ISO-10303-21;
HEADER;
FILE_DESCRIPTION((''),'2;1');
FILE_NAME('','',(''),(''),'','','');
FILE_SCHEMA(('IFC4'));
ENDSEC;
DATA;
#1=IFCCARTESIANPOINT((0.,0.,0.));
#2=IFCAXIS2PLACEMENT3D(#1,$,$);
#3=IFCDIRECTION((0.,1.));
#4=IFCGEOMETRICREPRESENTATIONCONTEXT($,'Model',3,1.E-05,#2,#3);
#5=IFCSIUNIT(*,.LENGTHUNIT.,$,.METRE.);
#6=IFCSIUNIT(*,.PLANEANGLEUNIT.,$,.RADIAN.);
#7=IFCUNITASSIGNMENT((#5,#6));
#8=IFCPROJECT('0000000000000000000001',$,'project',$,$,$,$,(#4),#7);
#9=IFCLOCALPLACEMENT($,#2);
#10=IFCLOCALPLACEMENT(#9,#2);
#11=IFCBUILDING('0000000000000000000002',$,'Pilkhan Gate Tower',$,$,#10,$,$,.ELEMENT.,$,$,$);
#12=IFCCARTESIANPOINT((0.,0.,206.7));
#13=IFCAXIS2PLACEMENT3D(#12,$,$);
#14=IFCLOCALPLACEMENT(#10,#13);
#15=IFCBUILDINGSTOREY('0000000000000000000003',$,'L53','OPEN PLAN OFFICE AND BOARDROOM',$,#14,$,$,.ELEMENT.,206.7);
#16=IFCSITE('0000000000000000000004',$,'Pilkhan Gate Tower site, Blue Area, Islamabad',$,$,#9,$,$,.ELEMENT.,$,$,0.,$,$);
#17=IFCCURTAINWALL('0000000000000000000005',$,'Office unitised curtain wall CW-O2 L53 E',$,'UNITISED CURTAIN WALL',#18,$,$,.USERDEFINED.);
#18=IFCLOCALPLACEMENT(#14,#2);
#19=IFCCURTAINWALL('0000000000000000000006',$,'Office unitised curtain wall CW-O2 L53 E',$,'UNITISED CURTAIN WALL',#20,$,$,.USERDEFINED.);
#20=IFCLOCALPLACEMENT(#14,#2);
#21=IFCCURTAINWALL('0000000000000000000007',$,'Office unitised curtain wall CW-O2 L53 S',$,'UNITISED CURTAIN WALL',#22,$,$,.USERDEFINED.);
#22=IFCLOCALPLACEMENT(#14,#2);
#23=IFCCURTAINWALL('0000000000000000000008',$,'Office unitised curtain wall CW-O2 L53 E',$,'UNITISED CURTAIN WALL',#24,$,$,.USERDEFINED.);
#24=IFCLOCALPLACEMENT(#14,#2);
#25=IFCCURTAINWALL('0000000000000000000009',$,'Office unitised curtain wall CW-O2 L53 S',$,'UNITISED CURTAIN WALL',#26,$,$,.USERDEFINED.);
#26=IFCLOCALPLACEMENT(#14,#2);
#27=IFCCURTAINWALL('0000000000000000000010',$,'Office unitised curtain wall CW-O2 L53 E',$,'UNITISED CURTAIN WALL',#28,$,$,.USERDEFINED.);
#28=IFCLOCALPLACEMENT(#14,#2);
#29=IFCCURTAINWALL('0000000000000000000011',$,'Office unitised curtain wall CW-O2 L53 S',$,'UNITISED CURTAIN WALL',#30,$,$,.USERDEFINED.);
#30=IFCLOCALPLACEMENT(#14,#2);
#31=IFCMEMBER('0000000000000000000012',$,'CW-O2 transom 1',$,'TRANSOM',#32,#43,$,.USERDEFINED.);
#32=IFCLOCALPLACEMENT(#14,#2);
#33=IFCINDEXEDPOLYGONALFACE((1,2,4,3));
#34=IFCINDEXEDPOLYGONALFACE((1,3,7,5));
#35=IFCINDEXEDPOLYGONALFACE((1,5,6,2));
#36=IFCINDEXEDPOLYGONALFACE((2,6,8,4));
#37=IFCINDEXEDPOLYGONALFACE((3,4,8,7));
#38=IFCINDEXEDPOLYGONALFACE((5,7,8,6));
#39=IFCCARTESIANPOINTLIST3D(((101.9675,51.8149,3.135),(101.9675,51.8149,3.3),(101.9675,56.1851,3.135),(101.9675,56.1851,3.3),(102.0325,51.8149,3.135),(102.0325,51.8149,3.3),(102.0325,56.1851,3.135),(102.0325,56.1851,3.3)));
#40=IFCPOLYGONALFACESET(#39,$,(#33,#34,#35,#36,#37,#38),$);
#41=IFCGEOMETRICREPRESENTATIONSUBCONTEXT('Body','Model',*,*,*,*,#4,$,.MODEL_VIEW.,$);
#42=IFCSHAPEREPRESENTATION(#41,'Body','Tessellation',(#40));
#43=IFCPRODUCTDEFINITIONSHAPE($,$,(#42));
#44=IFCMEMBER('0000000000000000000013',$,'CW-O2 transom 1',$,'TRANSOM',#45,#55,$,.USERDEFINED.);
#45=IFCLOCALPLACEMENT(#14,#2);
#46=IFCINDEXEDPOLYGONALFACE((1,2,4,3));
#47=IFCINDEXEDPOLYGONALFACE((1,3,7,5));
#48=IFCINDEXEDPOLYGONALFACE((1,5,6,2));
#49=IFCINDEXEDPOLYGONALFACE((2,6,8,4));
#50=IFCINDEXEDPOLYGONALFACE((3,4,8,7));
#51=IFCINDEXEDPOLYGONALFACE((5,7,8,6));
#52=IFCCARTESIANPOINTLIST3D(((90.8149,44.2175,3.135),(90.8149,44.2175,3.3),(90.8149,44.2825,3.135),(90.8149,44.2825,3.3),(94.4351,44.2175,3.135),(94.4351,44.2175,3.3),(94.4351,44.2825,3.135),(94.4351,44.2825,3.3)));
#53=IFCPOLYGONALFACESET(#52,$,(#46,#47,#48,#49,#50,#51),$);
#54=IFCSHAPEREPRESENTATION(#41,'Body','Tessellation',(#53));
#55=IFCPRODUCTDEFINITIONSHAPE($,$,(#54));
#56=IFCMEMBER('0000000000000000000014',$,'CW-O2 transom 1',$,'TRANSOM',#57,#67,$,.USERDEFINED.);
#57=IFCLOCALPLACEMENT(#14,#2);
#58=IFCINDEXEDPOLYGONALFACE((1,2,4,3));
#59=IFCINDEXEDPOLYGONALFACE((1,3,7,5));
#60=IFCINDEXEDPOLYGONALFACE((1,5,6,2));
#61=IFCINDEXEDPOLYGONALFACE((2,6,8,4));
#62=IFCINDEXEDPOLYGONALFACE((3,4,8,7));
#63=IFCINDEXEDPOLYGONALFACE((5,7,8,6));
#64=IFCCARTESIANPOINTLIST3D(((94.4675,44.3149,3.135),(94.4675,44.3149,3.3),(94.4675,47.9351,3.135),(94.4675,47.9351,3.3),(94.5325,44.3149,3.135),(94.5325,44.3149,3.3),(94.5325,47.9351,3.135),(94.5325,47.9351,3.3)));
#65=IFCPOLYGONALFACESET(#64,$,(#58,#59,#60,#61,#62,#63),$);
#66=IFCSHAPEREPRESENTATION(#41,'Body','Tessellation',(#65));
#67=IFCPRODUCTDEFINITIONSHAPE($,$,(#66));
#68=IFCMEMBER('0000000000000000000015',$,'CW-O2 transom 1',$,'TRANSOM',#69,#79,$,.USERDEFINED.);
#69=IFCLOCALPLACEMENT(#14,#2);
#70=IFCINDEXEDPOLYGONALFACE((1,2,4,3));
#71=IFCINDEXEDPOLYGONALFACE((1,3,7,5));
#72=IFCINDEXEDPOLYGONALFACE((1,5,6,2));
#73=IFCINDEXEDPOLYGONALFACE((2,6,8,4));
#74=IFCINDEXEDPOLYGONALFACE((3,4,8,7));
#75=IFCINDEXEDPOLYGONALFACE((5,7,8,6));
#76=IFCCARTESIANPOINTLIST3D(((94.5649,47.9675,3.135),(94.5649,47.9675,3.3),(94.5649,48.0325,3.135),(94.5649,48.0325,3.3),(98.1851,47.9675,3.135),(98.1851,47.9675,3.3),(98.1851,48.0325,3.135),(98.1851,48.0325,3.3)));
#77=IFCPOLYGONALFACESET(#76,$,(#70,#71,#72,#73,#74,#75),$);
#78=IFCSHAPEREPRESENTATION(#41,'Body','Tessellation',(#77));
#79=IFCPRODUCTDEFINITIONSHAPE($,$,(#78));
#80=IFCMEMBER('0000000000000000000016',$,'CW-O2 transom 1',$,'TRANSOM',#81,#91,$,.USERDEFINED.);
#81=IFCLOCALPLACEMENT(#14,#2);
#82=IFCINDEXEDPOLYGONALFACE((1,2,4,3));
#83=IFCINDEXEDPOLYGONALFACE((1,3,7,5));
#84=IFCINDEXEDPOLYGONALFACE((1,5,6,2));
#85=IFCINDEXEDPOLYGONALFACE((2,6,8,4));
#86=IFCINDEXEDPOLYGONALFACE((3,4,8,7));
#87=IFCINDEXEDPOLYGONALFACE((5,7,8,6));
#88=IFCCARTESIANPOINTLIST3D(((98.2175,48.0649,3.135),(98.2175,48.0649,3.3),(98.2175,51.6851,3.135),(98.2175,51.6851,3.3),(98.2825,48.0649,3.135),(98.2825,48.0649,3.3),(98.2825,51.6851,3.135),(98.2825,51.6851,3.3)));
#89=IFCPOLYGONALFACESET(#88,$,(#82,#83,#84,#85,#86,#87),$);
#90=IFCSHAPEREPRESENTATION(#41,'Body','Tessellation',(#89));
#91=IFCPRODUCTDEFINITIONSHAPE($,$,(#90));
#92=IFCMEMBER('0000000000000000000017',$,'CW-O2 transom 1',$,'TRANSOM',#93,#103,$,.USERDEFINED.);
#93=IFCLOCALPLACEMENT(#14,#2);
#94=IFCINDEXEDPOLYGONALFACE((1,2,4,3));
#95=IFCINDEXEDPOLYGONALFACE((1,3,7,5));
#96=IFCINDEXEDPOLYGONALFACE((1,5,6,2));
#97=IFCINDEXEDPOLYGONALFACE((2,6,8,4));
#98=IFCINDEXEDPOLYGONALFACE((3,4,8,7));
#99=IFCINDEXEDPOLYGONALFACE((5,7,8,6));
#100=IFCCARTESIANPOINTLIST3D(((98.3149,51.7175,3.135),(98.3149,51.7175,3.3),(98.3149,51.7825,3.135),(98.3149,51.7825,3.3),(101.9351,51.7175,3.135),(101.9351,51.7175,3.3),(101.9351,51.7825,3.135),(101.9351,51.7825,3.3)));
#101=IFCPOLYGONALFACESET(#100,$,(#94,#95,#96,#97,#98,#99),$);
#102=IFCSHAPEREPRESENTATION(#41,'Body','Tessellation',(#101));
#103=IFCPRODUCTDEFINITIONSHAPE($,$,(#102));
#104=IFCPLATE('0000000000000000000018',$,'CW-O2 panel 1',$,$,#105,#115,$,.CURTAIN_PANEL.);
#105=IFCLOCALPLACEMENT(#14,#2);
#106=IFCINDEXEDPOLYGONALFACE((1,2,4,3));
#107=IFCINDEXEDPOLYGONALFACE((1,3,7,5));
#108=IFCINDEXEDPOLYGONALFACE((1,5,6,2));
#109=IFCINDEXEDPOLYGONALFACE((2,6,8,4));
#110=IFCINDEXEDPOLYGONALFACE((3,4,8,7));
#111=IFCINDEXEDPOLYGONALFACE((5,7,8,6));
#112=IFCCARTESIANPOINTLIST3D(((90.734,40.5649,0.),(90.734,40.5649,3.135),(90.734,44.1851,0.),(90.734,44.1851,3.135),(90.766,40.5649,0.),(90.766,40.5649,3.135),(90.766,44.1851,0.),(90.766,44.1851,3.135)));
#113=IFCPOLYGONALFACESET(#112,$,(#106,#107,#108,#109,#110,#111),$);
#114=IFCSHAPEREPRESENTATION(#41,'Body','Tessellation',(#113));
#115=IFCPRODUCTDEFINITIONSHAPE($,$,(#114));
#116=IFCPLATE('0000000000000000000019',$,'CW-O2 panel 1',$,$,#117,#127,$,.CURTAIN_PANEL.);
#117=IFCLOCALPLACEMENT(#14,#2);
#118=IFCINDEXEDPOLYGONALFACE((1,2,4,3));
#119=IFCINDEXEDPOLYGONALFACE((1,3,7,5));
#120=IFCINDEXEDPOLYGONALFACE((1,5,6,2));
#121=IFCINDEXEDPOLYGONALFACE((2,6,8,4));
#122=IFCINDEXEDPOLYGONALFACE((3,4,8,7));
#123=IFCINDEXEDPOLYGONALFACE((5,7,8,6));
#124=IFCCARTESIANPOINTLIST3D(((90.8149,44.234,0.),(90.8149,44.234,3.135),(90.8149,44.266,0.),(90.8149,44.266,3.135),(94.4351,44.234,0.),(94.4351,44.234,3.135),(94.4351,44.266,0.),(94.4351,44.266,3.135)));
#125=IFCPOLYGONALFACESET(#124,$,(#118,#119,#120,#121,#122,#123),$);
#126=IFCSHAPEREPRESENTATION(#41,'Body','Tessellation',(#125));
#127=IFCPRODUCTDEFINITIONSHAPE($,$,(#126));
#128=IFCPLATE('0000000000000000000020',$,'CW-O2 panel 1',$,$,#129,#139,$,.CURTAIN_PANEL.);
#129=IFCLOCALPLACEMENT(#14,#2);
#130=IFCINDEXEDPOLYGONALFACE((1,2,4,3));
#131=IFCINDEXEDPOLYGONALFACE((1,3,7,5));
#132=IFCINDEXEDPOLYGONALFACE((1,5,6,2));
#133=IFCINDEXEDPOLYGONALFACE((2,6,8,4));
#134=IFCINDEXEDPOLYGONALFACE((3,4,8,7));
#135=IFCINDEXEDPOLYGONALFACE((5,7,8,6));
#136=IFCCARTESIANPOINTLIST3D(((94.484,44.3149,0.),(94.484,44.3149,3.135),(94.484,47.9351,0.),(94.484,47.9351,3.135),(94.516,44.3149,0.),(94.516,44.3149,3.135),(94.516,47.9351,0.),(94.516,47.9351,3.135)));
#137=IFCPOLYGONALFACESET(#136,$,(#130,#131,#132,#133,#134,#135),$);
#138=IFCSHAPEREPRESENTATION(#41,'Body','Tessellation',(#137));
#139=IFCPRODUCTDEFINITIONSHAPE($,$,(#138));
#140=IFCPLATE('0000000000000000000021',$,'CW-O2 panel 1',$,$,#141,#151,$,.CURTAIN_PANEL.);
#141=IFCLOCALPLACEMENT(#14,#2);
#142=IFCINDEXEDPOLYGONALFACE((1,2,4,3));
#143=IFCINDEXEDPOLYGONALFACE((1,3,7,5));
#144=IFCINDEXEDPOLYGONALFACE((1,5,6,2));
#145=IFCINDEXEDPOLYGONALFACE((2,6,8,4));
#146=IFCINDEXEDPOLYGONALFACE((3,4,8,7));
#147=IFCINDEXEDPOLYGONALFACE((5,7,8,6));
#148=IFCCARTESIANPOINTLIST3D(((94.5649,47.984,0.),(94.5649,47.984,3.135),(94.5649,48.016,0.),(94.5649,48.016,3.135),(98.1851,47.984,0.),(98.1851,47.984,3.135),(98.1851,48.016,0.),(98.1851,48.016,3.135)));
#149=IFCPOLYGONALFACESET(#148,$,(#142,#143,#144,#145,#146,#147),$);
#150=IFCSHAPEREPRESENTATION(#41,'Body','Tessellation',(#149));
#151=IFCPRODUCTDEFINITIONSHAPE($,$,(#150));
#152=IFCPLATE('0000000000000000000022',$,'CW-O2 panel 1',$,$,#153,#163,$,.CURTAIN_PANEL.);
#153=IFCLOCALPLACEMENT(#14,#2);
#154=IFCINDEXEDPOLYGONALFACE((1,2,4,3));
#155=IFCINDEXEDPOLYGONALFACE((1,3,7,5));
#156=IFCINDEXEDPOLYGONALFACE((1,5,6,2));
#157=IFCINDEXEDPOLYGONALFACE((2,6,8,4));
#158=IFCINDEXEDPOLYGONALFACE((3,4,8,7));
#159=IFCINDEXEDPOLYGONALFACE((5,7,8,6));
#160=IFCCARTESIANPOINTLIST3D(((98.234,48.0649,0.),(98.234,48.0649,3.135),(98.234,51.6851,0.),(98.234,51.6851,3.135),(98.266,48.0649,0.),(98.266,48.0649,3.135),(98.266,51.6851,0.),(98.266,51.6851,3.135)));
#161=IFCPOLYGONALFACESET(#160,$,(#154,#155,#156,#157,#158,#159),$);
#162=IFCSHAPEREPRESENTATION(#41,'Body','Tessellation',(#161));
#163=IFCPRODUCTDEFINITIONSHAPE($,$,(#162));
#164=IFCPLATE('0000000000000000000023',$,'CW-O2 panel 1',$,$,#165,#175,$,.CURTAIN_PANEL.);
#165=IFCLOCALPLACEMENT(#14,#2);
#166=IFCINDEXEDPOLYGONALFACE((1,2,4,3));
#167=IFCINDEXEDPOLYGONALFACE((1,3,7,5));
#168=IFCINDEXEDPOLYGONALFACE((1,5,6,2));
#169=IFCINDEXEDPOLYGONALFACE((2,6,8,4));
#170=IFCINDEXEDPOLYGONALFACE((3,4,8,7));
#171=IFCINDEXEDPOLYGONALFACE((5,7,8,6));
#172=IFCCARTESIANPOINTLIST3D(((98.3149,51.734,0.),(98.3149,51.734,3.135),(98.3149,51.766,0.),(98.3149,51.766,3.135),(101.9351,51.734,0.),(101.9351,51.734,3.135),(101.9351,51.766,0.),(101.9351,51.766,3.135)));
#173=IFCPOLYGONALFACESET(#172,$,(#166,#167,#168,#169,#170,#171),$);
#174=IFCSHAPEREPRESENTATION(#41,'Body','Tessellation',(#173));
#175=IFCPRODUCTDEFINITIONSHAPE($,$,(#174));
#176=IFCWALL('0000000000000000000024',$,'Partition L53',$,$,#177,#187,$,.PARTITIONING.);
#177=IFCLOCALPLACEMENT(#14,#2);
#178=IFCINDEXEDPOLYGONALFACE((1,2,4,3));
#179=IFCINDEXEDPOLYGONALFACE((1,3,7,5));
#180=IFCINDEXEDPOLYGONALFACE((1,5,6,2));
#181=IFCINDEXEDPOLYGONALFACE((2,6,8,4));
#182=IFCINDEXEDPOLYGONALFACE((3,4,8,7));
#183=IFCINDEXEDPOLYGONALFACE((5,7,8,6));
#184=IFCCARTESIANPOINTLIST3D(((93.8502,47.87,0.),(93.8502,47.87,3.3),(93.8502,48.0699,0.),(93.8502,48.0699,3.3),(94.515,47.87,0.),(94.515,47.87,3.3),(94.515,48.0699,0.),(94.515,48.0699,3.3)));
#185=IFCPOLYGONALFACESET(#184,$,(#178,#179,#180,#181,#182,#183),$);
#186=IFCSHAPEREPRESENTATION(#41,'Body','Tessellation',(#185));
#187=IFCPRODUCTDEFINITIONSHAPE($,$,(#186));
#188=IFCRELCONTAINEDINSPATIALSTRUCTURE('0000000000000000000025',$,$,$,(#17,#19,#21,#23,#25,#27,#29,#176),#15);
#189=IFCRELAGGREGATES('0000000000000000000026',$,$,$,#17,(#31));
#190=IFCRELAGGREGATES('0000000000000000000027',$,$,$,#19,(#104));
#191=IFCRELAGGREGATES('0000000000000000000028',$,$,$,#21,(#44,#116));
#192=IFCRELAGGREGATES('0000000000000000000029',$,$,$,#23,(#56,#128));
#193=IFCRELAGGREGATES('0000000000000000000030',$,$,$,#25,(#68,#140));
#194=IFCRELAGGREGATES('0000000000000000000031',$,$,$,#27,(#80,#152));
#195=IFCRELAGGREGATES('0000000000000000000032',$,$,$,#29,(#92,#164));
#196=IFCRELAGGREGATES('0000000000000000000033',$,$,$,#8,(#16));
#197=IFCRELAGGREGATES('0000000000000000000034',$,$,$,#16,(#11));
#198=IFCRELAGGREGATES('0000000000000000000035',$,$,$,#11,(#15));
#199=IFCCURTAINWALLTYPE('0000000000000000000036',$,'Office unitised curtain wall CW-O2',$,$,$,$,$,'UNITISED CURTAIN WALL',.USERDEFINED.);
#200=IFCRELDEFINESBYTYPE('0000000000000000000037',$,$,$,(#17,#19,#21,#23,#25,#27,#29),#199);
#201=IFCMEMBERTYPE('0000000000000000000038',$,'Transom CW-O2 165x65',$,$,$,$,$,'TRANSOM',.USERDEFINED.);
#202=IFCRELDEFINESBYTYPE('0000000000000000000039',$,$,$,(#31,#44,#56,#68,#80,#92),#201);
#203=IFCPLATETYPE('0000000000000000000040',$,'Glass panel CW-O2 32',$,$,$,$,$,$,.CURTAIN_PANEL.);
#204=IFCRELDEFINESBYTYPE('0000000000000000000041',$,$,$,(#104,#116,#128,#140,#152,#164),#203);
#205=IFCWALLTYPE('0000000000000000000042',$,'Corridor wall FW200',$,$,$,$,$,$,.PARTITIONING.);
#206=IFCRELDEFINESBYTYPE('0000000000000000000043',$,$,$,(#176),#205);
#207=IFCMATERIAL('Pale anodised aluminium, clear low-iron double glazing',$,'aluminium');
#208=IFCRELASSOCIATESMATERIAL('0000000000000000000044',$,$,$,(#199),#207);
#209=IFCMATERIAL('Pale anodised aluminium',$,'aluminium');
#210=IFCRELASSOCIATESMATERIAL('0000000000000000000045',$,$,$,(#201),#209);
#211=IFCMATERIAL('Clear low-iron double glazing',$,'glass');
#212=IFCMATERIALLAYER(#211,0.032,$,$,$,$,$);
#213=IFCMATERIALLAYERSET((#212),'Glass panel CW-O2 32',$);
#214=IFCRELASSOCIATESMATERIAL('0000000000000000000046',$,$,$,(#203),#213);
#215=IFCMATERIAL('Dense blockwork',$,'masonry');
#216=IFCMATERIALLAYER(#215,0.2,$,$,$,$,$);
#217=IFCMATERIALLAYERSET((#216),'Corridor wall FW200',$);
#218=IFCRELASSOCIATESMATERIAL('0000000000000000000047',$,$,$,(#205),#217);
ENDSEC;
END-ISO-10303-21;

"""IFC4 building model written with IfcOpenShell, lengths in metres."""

from ifc_helpers import new_model, si_unit, direction, frame, frame_2d, origin, origin_2d, place, context, subcontext, project, spatial, rectangle, extrude, material, layer, layer_set, material_profile, profile_set, type_object, element, aggregate, save


model = new_model("IFC4")

# Units and contexts
model_context = context("Model", 3, precision=1e-05, world=origin(), true_north=direction((0.0, 1.0)))
body_context = subcontext(model_context, "Body", "Model", "MODEL_VIEW")
ifc_project = project(units=[si_unit("LENGTHUNIT", "METRE"), si_unit("PLANEANGLEUNIT", "RADIAN")], contexts=[model_context])

# Site, building, storey
site_placement = place(None, origin())
site = spatial("IfcSite", under=ifc_project, at=site_placement, Name="Pilkhan Gate Tower site, Blue Area, Islamabad", CompositionType="ELEMENT", RefElevation=0.0)
building_placement = place(site_placement, origin())
building = spatial("IfcBuilding", under=site, at=building_placement, Name="Pilkhan Gate Tower", CompositionType="ELEMENT")
storey_placement = place(building_placement, frame((0.0, 0.0, 206.7)))
storey = spatial("IfcBuildingStorey", under=building, at=storey_placement, Name="L53", Description="OPEN PLAN OFFICE AND BOARDROOM", CompositionType="ELEMENT", Elevation=206.7)

# Curtain walls
ifc_material_1 = material(Name="Pale anodised aluminium, clear low-iron double glazing", Category="aluminium")
curtain_wall_type = type_object("IfcCurtainWallType", Name="Office unitised curtain wall CW-O2", ElementType="UNITISED CURTAIN WALL", PredefinedType="USERDEFINED", material=ifc_material_1)
curtain_wall_1_placement = place(storey_placement, origin())
curtain_wall_1 = element("IfcCurtainWall", 1, at=curtain_wall_1_placement, inside=storey, type_object=curtain_wall_type, Name="Office unitised curtain wall CW-O2 L53 E", ObjectType="UNITISED CURTAIN WALL", PredefinedType="USERDEFINED")
ifc_material_2 = material(Name="Pale anodised aluminium", Category="aluminium")
curtain_wall_2_placement = place(storey_placement, origin())
curtain_wall_2 = element("IfcCurtainWall", 2, at=curtain_wall_2_placement, inside=storey, type_object=curtain_wall_type, Name="Office unitised curtain wall CW-O2 L53 E", ObjectType="UNITISED CURTAIN WALL", PredefinedType="USERDEFINED")

# Curtain walls
curtain_wall_3_placement = place(storey_placement, origin())
curtain_wall_3 = element("IfcCurtainWall", 3, at=curtain_wall_3_placement, inside=storey, type_object=curtain_wall_type, Name="Office unitised curtain wall CW-O2 L53 S", ObjectType="UNITISED CURTAIN WALL", PredefinedType="USERDEFINED")
curtain_wall_4_placement = place(storey_placement, origin())
curtain_wall_4 = element("IfcCurtainWall", 4, at=curtain_wall_4_placement, inside=storey, type_object=curtain_wall_type, Name="Office unitised curtain wall CW-O2 L53 E", ObjectType="UNITISED CURTAIN WALL", PredefinedType="USERDEFINED")
curtain_wall_5_placement = place(storey_placement, origin())
curtain_wall_5 = element("IfcCurtainWall", 5, at=curtain_wall_5_placement, inside=storey, type_object=curtain_wall_type, Name="Office unitised curtain wall CW-O2 L53 S", ObjectType="UNITISED CURTAIN WALL", PredefinedType="USERDEFINED")
curtain_wall_6_placement = place(storey_placement, origin())
curtain_wall_6 = element("IfcCurtainWall", 6, at=curtain_wall_6_placement, inside=storey, type_object=curtain_wall_type, Name="Office unitised curtain wall CW-O2 L53 E", ObjectType="UNITISED CURTAIN WALL", PredefinedType="USERDEFINED")
curtain_wall_7_placement = place(storey_placement, origin())
curtain_wall_7 = element("IfcCurtainWall", 7, at=curtain_wall_7_placement, inside=storey, type_object=curtain_wall_type, Name="Office unitised curtain wall CW-O2 L53 S", ObjectType="UNITISED CURTAIN WALL", PredefinedType="USERDEFINED")

# Members
ifc_material_profile_1 = material_profile(ifc_material_2, rectangle(XDim=0.0649, YDim=0.165, at=origin_2d()), Name="Transom 165x65")
ifc_profile_set_1 = profile_set([ifc_material_profile_1], Name="Pale anodised aluminium")
member_type_1 = type_object("IfcMemberType", Name="Transom CW-O2 165x65", ElementType="TRANSOM", PredefinedType="USERDEFINED", material=ifc_profile_set_1)
member_1_placement = place(storey_placement, frame((102.0, 51.8149, 3.2175), z_axis=(0.0, 1.0, 0.0), x_axis=(-1.0, 0.0, 0.0)))
member_1 = element("IfcMember", 8, at=member_1_placement, type_object=member_type_1, Name="CW-O2 transom 1", ObjectType="TRANSOM", PredefinedType="USERDEFINED", context=body_context, shape_type="SweptSolid", body=[
    extrude(rectangle(XDim=0.0649, YDim=0.165, at=origin_2d()), origin(), (0.0, 0.0, 1.0), 4.3701),
])
aggregate(curtain_wall_1, [member_1])
member_2_placement = place(storey_placement, frame((90.8149, 44.25, 3.2175), z_axis=(1.0, 0.0, 0.0), x_axis=(0.0, 1.0, 0.0)))
member_2 = element("IfcMember", 9, at=member_2_placement, type_object=member_type_1, Name="CW-O2 transom 1", ObjectType="TRANSOM", PredefinedType="USERDEFINED", context=body_context, shape_type="SweptSolid", body=[
    extrude(rectangle(XDim=0.0649, YDim=0.165, at=origin_2d()), origin(), (0.0, 0.0, 1.0), 3.6201),
])
member_3_placement = place(storey_placement, frame((94.5, 44.3149, 3.2175), z_axis=(0.0, 1.0, 0.0), x_axis=(-1.0, 0.0, 0.0)))
member_3 = element("IfcMember", 10, at=member_3_placement, type_object=member_type_1, Name="CW-O2 transom 1", ObjectType="TRANSOM", PredefinedType="USERDEFINED", context=body_context, shape_type="SweptSolid", body=[
    extrude(rectangle(XDim=0.0649, YDim=0.165, at=origin_2d()), origin(), (0.0, 0.0, 1.0), 3.6201),
])
member_4_placement = place(storey_placement, frame((94.5649, 48.0, 3.2175), z_axis=(1.0, 0.0, 0.0), x_axis=(0.0, 1.0, 0.0)))
member_4 = element("IfcMember", 11, at=member_4_placement, type_object=member_type_1, Name="CW-O2 transom 1", ObjectType="TRANSOM", PredefinedType="USERDEFINED", context=body_context, shape_type="SweptSolid", body=[
    extrude(rectangle(XDim=0.0649, YDim=0.165, at=origin_2d()), origin(), (0.0, 0.0, 1.0), 3.6201),
])
member_5_placement = place(storey_placement, frame((98.25, 48.0649, 3.2175), z_axis=(0.0, 1.0, 0.0), x_axis=(-1.0, 0.0, 0.0)))
member_5 = element("IfcMember", 12, at=member_5_placement, type_object=member_type_1, Name="CW-O2 transom 1", ObjectType="TRANSOM", PredefinedType="USERDEFINED", context=body_context, shape_type="SweptSolid", body=[
    extrude(rectangle(XDim=0.0649, YDim=0.165, at=origin_2d()), origin(), (0.0, 0.0, 1.0), 3.6201),
])
member_6_placement = place(storey_placement, frame((98.3149, 51.75, 3.2175), z_axis=(1.0, 0.0, 0.0), x_axis=(0.0, 1.0, 0.0)))
member_6 = element("IfcMember", 13, at=member_6_placement, type_object=member_type_1, Name="CW-O2 transom 1", ObjectType="TRANSOM", PredefinedType="USERDEFINED", context=body_context, shape_type="SweptSolid", body=[
    extrude(rectangle(XDim=0.0649, YDim=0.165, at=origin_2d()), origin(), (0.0, 0.0, 1.0), 3.6201),
])

# Plates
ifc_material_3 = material(Name="Clear low-iron double glazing", Category="glass")
ifc_layer_1 = layer(ifc_material_3, 0.032)
ifc_layer_set_1 = layer_set([ifc_layer_1], Name="Glass panel CW-O2 32")
plate_type = type_object("IfcPlateType", Name="Glass panel CW-O2 32", PredefinedType="CURTAIN_PANEL", material=ifc_layer_set_1)
plate_1_placement = place(storey_placement, frame((90.75, 42.375, 0.0), z_axis=(0.0, 0.0, 1.0), x_axis=(0.0, 1.0, 0.0)))
plate_1 = element("IfcPlate", 14, at=plate_1_placement, type_object=plate_type, Name="CW-O2 panel 1", PredefinedType="CURTAIN_PANEL", context=body_context, shape_type="SweptSolid", body=[
    extrude(rectangle(XDim=3.6201, YDim=0.032, at=origin_2d()), origin(), (0.0, 0.0, 1.0), 3.135),
])
aggregate(curtain_wall_2, [plate_1])
plate_2_placement = place(storey_placement, frame((92.625, 44.25, 0.0), z_axis=(0.0, 0.0, 1.0), x_axis=(1.0, 0.0, 0.0)))
plate_2 = element("IfcPlate", 15, at=plate_2_placement, type_object=plate_type, Name="CW-O2 panel 1", PredefinedType="CURTAIN_PANEL", context=body_context, shape_type="SweptSolid", body=[
    extrude(rectangle(XDim=3.6201, YDim=0.032, at=origin_2d()), origin(), (0.0, 0.0, 1.0), 3.135),
])
aggregate(curtain_wall_3, [member_2, plate_2])
plate_3_placement = place(storey_placement, frame((94.5, 46.125, 0.0), z_axis=(0.0, 0.0, 1.0), x_axis=(0.0, 1.0, 0.0)))
plate_3 = element("IfcPlate", 16, at=plate_3_placement, type_object=plate_type, Name="CW-O2 panel 1", PredefinedType="CURTAIN_PANEL", context=body_context, shape_type="SweptSolid", body=[
    extrude(rectangle(XDim=3.6201, YDim=0.032, at=origin_2d()), origin(), (0.0, 0.0, 1.0), 3.135),
])
aggregate(curtain_wall_4, [member_3, plate_3])
plate_4_placement = place(storey_placement, frame((96.375, 48.0, 0.0), z_axis=(0.0, 0.0, 1.0), x_axis=(1.0, 0.0, 0.0)))
plate_4 = element("IfcPlate", 17, at=plate_4_placement, type_object=plate_type, Name="CW-O2 panel 1", PredefinedType="CURTAIN_PANEL", context=body_context, shape_type="SweptSolid", body=[
    extrude(rectangle(XDim=3.6201, YDim=0.032, at=origin_2d()), origin(), (0.0, 0.0, 1.0), 3.135),
])
aggregate(curtain_wall_5, [member_4, plate_4])
plate_5_placement = place(storey_placement, frame((98.25, 49.875, 0.0), z_axis=(0.0, 0.0, 1.0), x_axis=(0.0, 1.0, 0.0)))
plate_5 = element("IfcPlate", 18, at=plate_5_placement, type_object=plate_type, Name="CW-O2 panel 1", PredefinedType="CURTAIN_PANEL", context=body_context, shape_type="SweptSolid", body=[
    extrude(rectangle(XDim=3.6201, YDim=0.032, at=origin_2d()), origin(), (0.0, 0.0, 1.0), 3.135),
])
aggregate(curtain_wall_6, [member_5, plate_5])
plate_6_placement = place(storey_placement, frame((100.125, 51.75, 0.0), z_axis=(0.0, 0.0, 1.0), x_axis=(1.0, 0.0, 0.0)))
plate_6 = element("IfcPlate", 19, at=plate_6_placement, type_object=plate_type, Name="CW-O2 panel 1", PredefinedType="CURTAIN_PANEL", context=body_context, shape_type="SweptSolid", body=[
    extrude(rectangle(XDim=3.6201, YDim=0.032, at=origin_2d()), origin(), (0.0, 0.0, 1.0), 3.135),
])
aggregate(curtain_wall_7, [member_6, plate_6])

# Wall
ifc_material_4 = material(Name="Dense blockwork", Category="masonry")
ifc_layer_2 = layer(ifc_material_4, 0.2)
ifc_layer_set_2 = layer_set([ifc_layer_2], Name="Corridor wall FW200")
wall_type = type_object("IfcWallType", Name="Corridor wall FW200", PredefinedType="PARTITIONING", material=ifc_layer_set_2)
wall_1_placement = place(storey_placement, frame((93.8501, 47.97, 0.0), z_axis=(0.0, 0.0, 1.0), x_axis=(1.0, 0.0, 0.0)))
element("IfcWall", 20, at=wall_1_placement, inside=storey, type_object=wall_type, Name="Partition L53", PredefinedType="PARTITIONING", context=body_context, shape_type="SweptSolid", body=[
    extrude(rectangle(XDim=0.6648, YDim=0.2, at=frame_2d((0.3325, 0.0))), origin(), (0.0, 0.0, 1.0), 3.3),
])

save(model, "model.ifc")
